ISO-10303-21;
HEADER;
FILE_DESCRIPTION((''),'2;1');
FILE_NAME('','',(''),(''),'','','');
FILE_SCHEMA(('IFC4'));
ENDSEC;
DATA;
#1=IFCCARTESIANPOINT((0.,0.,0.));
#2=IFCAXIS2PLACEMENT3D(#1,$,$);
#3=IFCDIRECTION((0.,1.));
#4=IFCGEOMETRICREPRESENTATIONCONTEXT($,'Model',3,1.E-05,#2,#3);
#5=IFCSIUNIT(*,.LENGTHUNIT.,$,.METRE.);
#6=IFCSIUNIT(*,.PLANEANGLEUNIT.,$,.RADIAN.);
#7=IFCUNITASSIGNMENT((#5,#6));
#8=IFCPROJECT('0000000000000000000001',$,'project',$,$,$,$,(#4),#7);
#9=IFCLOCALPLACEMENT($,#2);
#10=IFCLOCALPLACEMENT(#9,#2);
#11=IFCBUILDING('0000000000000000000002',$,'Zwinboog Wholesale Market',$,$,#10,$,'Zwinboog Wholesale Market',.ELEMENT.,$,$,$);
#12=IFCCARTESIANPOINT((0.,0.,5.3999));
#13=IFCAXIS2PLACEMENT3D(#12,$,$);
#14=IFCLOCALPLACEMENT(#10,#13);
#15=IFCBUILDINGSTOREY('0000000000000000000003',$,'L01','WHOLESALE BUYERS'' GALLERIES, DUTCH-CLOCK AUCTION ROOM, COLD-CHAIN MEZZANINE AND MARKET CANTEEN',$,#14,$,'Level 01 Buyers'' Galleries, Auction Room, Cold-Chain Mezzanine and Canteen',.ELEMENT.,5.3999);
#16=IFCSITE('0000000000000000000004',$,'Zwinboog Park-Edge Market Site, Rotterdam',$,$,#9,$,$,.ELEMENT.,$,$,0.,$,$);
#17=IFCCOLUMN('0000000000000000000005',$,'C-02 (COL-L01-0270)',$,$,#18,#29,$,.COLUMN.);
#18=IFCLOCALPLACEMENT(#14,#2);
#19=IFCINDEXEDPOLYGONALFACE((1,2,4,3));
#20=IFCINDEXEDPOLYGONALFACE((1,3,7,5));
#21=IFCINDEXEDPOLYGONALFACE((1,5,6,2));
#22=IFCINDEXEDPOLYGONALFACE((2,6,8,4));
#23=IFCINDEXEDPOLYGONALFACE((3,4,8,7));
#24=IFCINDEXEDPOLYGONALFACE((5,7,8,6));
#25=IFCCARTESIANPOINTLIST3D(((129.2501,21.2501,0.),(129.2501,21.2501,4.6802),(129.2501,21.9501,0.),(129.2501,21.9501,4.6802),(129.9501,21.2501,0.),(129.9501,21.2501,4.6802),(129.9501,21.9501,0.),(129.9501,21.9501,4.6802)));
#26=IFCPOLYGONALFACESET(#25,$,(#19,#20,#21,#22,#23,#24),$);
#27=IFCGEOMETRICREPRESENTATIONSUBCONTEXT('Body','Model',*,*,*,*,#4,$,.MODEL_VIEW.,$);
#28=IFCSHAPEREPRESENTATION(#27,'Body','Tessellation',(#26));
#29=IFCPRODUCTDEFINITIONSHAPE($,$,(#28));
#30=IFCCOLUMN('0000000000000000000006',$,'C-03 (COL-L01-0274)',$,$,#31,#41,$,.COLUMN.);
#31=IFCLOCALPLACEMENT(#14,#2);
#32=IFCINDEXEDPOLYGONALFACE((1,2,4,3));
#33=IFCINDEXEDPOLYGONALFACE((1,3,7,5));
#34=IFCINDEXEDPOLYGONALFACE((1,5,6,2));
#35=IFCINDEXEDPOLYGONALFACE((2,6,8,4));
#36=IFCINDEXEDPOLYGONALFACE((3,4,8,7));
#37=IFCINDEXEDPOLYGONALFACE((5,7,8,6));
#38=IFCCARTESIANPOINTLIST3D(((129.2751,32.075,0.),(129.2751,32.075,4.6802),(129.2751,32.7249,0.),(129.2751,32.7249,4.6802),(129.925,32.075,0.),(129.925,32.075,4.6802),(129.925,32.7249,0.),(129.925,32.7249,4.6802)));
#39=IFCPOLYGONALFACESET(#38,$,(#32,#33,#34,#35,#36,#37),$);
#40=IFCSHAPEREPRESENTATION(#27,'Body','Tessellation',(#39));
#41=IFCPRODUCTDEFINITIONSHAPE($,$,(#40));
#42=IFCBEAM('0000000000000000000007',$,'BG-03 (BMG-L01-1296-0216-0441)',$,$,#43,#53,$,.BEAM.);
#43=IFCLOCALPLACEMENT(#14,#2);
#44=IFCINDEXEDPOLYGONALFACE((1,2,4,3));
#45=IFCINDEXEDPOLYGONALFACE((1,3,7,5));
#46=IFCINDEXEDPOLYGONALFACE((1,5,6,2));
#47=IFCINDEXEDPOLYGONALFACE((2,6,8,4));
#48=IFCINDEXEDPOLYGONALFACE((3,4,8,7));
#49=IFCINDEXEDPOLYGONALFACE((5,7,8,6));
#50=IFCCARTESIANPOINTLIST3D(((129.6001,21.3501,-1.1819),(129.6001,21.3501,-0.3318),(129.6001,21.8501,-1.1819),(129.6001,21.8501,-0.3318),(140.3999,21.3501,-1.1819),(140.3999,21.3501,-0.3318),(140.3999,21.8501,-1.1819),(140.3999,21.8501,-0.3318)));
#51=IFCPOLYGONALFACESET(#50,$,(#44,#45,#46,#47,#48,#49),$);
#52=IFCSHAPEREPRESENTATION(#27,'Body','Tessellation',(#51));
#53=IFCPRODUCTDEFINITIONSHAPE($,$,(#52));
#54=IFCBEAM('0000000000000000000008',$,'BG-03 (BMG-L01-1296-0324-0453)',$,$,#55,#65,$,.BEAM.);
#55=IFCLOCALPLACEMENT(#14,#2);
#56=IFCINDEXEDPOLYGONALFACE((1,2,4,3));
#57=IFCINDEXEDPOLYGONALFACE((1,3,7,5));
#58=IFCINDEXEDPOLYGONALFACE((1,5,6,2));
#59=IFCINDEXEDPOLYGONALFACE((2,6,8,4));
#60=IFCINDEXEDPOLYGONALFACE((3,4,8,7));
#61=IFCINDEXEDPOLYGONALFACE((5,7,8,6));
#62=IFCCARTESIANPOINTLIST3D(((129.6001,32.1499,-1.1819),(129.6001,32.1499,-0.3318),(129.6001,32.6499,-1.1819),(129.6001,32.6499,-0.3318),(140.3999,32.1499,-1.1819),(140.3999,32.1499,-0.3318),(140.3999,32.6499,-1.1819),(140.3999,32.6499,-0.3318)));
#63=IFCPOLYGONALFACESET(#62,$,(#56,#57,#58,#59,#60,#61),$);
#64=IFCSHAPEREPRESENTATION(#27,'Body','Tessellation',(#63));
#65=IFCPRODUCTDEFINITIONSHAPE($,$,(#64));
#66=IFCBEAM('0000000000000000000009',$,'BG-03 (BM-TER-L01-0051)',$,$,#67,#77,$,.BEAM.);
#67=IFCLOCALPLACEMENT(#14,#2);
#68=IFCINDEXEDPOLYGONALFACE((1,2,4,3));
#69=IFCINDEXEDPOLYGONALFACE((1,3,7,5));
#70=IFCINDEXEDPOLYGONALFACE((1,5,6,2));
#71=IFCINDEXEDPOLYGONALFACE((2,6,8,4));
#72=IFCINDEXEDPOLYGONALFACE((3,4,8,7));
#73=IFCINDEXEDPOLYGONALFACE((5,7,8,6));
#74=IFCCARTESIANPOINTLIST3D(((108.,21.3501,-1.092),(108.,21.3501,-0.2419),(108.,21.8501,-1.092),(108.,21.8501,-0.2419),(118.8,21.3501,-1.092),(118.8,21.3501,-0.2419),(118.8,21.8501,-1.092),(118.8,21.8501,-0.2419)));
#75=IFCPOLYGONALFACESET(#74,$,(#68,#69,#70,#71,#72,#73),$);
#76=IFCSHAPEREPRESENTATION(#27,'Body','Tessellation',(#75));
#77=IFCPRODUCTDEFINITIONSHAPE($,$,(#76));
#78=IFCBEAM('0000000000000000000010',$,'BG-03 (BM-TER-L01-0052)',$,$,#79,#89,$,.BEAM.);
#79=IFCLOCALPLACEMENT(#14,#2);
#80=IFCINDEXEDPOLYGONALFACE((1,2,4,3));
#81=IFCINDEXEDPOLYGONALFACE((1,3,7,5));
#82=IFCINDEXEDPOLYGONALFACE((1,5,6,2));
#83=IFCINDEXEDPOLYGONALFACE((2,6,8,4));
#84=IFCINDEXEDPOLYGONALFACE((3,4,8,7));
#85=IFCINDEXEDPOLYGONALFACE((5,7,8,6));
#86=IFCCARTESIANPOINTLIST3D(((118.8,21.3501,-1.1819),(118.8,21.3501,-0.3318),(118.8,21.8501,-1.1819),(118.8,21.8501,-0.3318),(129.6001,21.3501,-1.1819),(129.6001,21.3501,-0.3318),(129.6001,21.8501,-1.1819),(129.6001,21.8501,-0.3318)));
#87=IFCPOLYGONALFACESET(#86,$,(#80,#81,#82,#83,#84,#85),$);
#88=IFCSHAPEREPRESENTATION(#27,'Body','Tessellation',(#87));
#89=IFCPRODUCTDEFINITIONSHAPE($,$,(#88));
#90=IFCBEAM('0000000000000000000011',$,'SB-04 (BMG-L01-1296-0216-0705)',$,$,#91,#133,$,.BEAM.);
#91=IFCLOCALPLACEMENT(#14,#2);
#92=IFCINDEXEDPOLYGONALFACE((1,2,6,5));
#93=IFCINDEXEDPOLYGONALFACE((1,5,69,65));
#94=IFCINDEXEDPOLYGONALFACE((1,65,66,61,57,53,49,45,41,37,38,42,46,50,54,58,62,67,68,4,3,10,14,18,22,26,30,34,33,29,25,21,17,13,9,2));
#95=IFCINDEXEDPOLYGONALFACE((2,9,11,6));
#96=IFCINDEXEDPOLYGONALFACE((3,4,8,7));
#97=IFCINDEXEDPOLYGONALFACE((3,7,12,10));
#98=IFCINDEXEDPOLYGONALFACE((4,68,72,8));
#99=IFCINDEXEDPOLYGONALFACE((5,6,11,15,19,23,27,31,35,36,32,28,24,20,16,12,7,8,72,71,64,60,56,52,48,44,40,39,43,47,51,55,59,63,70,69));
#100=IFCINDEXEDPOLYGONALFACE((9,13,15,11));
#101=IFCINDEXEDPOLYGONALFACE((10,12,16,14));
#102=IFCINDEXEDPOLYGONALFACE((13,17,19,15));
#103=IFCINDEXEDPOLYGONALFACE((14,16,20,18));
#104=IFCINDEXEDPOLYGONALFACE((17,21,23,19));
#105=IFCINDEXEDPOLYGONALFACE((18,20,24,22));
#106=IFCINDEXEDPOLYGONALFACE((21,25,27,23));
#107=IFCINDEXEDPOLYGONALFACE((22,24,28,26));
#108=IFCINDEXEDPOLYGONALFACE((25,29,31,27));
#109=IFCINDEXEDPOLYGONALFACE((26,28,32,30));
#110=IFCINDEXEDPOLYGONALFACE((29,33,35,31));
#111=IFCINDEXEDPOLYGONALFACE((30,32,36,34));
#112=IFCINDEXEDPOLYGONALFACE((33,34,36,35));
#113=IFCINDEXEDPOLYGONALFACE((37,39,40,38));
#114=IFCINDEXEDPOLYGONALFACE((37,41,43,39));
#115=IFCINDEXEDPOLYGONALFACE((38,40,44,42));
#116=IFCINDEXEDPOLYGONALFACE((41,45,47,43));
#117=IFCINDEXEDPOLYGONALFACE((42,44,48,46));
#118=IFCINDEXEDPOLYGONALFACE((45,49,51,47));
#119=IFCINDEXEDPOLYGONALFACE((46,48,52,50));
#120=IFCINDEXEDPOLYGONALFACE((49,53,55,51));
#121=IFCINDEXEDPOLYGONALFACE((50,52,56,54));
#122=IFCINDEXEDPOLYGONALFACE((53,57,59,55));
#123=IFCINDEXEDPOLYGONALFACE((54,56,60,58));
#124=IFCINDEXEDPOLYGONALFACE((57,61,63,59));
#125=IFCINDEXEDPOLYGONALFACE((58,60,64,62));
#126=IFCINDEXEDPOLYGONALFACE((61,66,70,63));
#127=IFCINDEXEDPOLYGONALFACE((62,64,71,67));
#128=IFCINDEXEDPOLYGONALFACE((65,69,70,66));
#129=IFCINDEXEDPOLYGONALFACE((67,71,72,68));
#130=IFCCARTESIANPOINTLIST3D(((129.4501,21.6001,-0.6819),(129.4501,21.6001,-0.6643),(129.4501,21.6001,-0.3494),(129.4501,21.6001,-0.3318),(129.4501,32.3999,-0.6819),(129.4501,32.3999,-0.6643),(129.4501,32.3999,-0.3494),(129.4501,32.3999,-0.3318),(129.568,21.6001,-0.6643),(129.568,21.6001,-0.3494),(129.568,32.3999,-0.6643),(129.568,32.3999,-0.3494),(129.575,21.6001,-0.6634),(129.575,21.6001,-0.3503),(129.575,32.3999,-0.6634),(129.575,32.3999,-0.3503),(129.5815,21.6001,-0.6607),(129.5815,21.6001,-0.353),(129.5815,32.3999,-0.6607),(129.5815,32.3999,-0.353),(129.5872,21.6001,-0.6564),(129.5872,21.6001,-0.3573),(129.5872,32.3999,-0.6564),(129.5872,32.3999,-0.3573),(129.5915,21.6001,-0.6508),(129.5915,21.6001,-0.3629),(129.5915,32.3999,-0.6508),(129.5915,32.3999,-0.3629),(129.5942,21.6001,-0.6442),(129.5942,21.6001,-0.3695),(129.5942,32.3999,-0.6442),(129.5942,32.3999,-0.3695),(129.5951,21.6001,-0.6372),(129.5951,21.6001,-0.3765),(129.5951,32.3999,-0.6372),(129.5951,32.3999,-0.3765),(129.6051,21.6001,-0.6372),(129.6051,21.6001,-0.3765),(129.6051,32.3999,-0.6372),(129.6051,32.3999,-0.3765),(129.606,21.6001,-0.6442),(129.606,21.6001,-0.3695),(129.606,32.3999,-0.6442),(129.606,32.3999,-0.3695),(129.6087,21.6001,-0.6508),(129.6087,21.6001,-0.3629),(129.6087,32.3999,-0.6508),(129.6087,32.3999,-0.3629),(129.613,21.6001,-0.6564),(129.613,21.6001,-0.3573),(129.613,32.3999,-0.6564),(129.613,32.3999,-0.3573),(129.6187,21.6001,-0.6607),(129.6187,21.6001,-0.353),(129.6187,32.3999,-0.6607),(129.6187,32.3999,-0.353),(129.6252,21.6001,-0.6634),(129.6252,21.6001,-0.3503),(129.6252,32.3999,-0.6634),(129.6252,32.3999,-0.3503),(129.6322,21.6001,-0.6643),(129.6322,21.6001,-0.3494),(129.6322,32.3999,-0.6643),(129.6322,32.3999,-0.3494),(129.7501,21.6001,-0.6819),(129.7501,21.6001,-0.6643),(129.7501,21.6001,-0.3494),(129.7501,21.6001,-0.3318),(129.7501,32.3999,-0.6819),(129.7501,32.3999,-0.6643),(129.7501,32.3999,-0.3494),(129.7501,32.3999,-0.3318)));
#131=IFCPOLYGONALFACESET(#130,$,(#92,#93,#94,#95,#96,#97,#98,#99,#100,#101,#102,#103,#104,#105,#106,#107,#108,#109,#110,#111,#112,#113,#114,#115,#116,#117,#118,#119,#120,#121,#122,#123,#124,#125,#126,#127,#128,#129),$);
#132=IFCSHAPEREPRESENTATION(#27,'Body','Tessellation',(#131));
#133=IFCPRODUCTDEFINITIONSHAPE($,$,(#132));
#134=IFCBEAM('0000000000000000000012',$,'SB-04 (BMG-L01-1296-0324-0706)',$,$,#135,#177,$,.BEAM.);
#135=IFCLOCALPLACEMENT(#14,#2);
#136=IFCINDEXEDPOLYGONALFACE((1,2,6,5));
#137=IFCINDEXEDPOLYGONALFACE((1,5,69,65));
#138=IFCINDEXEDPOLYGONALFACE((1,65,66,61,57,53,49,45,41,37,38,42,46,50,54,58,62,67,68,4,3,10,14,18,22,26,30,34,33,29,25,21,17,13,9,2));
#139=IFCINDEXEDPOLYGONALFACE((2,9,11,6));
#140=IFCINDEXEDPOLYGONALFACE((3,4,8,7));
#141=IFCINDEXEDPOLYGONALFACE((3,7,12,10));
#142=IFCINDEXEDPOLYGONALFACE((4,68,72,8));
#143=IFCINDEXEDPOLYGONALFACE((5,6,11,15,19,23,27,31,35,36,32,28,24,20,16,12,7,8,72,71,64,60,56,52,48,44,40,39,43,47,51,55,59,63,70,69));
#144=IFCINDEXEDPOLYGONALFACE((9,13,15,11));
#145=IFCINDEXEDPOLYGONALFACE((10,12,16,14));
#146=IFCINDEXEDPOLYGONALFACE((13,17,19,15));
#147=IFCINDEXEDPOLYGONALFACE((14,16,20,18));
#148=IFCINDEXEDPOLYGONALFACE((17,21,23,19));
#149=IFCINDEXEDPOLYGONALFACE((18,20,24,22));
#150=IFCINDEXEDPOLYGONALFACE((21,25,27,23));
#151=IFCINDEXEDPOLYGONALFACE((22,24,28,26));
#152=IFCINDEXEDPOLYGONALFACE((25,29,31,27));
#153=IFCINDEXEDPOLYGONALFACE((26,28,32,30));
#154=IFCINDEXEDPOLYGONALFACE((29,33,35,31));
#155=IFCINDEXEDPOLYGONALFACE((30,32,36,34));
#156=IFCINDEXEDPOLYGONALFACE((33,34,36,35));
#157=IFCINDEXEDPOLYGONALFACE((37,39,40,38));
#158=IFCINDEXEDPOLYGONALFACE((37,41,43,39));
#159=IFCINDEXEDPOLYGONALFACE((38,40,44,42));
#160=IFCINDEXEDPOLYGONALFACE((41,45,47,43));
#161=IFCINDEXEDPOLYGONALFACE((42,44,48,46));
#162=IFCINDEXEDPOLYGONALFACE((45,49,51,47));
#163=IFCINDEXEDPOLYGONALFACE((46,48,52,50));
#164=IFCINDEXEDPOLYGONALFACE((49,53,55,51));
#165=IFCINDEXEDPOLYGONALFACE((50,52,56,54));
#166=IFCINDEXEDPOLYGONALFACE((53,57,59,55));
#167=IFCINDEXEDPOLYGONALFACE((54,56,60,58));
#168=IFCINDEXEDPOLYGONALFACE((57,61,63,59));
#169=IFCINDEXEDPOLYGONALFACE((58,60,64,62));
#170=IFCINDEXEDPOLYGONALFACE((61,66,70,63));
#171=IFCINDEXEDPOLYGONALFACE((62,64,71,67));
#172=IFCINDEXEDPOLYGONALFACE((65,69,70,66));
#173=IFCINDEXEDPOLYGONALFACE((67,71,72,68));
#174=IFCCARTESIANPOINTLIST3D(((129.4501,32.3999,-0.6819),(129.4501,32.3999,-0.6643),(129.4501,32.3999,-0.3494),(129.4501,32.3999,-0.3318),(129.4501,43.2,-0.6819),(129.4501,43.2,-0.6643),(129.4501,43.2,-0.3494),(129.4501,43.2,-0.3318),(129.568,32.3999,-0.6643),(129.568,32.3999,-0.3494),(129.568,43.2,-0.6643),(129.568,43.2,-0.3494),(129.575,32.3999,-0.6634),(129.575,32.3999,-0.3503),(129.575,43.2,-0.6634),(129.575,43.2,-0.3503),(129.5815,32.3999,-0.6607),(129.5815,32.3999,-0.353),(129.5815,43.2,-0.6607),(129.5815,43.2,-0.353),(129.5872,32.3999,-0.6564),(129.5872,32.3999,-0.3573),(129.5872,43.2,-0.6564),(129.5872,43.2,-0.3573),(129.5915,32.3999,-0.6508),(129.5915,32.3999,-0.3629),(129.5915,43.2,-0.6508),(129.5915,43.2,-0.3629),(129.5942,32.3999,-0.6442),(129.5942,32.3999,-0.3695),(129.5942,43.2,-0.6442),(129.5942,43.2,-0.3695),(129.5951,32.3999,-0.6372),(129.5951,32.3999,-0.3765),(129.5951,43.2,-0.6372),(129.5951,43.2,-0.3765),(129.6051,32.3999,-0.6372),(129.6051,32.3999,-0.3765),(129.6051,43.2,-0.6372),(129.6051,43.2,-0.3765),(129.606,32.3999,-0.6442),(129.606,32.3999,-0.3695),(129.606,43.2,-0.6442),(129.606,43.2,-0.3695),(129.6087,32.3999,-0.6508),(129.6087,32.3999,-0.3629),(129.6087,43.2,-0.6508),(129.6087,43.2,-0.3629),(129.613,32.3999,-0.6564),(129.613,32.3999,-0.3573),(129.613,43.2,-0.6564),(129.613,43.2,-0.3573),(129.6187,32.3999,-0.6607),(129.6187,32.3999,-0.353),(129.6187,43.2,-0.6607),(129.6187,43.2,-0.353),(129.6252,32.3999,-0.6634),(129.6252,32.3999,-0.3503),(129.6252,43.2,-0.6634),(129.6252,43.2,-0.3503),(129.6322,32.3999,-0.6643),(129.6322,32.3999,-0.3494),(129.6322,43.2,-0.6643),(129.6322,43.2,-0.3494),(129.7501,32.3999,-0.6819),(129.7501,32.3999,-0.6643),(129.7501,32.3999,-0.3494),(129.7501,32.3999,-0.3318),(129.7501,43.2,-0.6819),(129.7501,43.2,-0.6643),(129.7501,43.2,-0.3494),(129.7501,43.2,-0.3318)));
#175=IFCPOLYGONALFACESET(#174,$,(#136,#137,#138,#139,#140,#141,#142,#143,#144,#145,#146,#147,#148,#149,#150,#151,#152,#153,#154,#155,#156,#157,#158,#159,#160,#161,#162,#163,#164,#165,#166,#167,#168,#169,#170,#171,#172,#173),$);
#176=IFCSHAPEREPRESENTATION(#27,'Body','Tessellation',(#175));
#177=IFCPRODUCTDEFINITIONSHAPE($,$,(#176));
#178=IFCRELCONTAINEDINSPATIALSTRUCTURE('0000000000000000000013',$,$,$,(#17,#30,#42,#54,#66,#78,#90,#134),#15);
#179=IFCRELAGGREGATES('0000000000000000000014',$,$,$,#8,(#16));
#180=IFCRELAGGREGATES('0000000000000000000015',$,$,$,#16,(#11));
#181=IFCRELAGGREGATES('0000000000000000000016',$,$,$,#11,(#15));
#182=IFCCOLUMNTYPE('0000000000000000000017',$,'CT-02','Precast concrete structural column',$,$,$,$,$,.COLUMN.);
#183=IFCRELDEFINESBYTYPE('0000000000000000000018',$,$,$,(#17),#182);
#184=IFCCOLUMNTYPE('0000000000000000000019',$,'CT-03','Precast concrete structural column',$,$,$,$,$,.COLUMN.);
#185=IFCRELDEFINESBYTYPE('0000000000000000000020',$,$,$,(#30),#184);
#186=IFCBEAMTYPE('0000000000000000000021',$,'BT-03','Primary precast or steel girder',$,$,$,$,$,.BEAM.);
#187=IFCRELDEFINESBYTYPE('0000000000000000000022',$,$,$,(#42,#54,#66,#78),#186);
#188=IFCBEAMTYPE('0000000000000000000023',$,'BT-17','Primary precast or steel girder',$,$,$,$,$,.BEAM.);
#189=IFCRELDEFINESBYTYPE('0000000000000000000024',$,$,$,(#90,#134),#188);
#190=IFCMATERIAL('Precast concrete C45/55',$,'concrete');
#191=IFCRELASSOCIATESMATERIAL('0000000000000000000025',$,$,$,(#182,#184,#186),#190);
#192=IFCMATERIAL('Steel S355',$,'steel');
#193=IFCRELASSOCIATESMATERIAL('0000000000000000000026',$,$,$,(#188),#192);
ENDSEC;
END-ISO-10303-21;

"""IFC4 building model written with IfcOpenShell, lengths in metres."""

from ifc_helpers import new_model, si_unit, direction, frame, origin, origin_2d, place, context, subcontext, project, spatial, rectangle, i_section, extrude, material, material_profile, profile_set, type_object, element, save


model = new_model("IFC4")

# Units and contexts
model_context = context("Model", 3, precision=1e-05, world=origin(), true_north=direction((0.0, 1.0)))
body_context = subcontext(model_context, "Body", "Model", "MODEL_VIEW")
ifc_project = project(units=[si_unit("LENGTHUNIT", "METRE"), si_unit("PLANEANGLEUNIT", "RADIAN")], contexts=[model_context])

# Site, building, storey
site_placement = place(None, origin())
site = spatial("IfcSite", under=ifc_project, at=site_placement, Name="Zwinboog Park-Edge Market Site, Rotterdam", CompositionType="ELEMENT", RefElevation=0.0)
building_placement = place(site_placement, origin())
building = spatial("IfcBuilding", under=site, at=building_placement, Name="Zwinboog Wholesale Market", LongName="Zwinboog Wholesale Market", CompositionType="ELEMENT")
storey_placement = place(building_placement, frame((0.0, 0.0, 5.3999)))
storey = spatial("IfcBuildingStorey", under=building, at=storey_placement, Name="L01", Description="WHOLESALE BUYERS' GALLERIES, DUTCH-CLOCK AUCTION ROOM, COLD-CHAIN MEZZANINE AND MARKET CANTEEN", LongName="Level 01 Buyers' Galleries, Auction Room, Cold-Chain Mezzanine and Canteen", CompositionType="ELEMENT", Elevation=5.3999)

# Columns
ifc_material_1 = material(Name="Precast concrete C45/55", Category="concrete")
ifc_material_profile_1 = material_profile(ifc_material_1, rectangle(XDim=0.7, YDim=0.7, at=origin_2d()), Name="PC 700x700")
ifc_profile_set_1 = profile_set([ifc_material_profile_1], Name="Precast concrete C45/55")
column_type_1 = type_object("IfcColumnType", Name="CT-02", Description="Precast concrete structural column", PredefinedType="COLUMN", material=ifc_profile_set_1)
column_1_placement = place(storey_placement, frame((129.6001, 21.6001, 0.0), z_axis=(0.0, 0.0, 1.0), x_axis=(1.0, 0.0, 0.0)))
element("IfcColumn", 1, at=column_1_placement, inside=storey, type_object=column_type_1, Name="C-02 (COL-L01-0270)", PredefinedType="COLUMN", context=body_context, shape_type="SweptSolid", body=[
    extrude(rectangle(XDim=0.7, YDim=0.7, at=origin_2d()), origin(), (0.0, 0.0, 1.0), 4.6802),
])
ifc_material_profile_2 = material_profile(ifc_material_1, rectangle(XDim=0.6499, YDim=0.6499, at=origin_2d()), Name="PC 650x650")
ifc_profile_set_2 = profile_set([ifc_material_profile_2], Name="Precast concrete C45/55")
column_type_2 = type_object("IfcColumnType", Name="CT-03", Description="Precast concrete structural column", PredefinedType="COLUMN", material=ifc_profile_set_2)
column_2_placement = place(storey_placement, frame((129.6001, 32.3999, 0.0), z_axis=(0.0, 0.0, 1.0), x_axis=(1.0, 0.0, 0.0)))
element("IfcColumn", 2, at=column_2_placement, inside=storey, type_object=column_type_2, Name="C-03 (COL-L01-0274)", PredefinedType="COLUMN", context=body_context, shape_type="SweptSolid", body=[
    extrude(rectangle(XDim=0.6499, YDim=0.6499, at=origin_2d()), origin(), (0.0, 0.0, 1.0), 4.6802),
])

# Beams
ifc_material_profile_3 = material_profile(ifc_material_1, rectangle(XDim=0.5, YDim=0.8501, at=origin_2d()), Name="PC 500x850")
ifc_profile_set_3 = profile_set([ifc_material_profile_3], Name="Precast concrete C45/55")
beam_type_1 = type_object("IfcBeamType", Name="BT-03", Description="Primary precast or steel girder", PredefinedType="BEAM", material=ifc_profile_set_3)
for number, where, z_axis, x_axis, name in (
    (3, (129.6001, 21.6001, -0.7568), (1.0, 0.0, 0.0), (0.0, 1.0, 0.0), "BG-03 (BMG-L01-1296-0216-0441)"),
    (4, (129.6001, 32.3999, -0.7568), (1.0, 0.0, 0.0), (0.0, 1.0, 0.0), "BG-03 (BMG-L01-1296-0324-0453)"),
):
    element("IfcBeam", number, at=place(storey_placement, frame(where, z_axis=z_axis, x_axis=x_axis)), inside=storey, type_object=beam_type_1, Name=name, PredefinedType="BEAM", context=body_context, shape_type="SweptSolid", body=[
        extrude(rectangle(XDim=0.5, YDim=0.8501, at=origin_2d()), origin(), (0.0, 0.0, 1.0), 10.7998),
    ])
for number, where, z_axis, x_axis, name in (
    (5, (108.0, 21.6001, -0.667), (1.0, 0.0, 0.0), (0.0, 1.0, 0.0), "BG-03 (BM-TER-L01-0051)"),
    (6, (118.8, 21.6001, -0.7568), (1.0, 0.0, 0.0), (0.0, 1.0, 0.0), "BG-03 (BM-TER-L01-0052)"),
):
    element("IfcBeam", number, at=place(storey_placement, frame(where, z_axis=z_axis, x_axis=x_axis)), inside=storey, type_object=beam_type_1, Name=name, PredefinedType="BEAM", context=body_context, shape_type="SweptSolid", body=[
        extrude(rectangle(XDim=0.5, YDim=0.8501, at=origin_2d()), origin(), (0.0, 0.0, 1.0), 10.8),
    ])
ifc_material_2 = material(Name="Steel S355", Category="steel")
ifc_material_profile_4 = material_profile(ifc_material_2, i_section(OverallWidth=0.3, OverallDepth=0.3501, WebThickness=0.01, FlangeThickness=0.0176, FilletRadius=0.0271, at=origin_2d()), Name="HEA 360")
ifc_profile_set_4 = profile_set([ifc_material_profile_4], Name="Steel S355")
beam_type_2 = type_object("IfcBeamType", Name="BT-17", Description="Primary precast or steel girder", PredefinedType="BEAM", material=ifc_profile_set_4)
beam_1_placement = place(storey_placement, frame((129.6001, 21.6001, -0.5068), z_axis=(0.0, 1.0, 0.0), x_axis=(-1.0, 0.0, 0.0)))
element("IfcBeam", 7, at=beam_1_placement, inside=storey, type_object=beam_type_2, Name="SB-04 (BMG-L01-1296-0216-0705)", PredefinedType="BEAM", context=body_context, shape_type="SweptSolid", body=[
    extrude(i_section(OverallWidth=0.3, OverallDepth=0.3501, WebThickness=0.01, FlangeThickness=0.0176, FilletRadius=0.0271, at=origin_2d()), origin(), (0.0, 0.0, 1.0), 10.7998),
])
beam_2_placement = place(storey_placement, frame((129.6001, 32.3999, -0.5068), z_axis=(0.0, 1.0, 0.0), x_axis=(-1.0, 0.0, 0.0)))
element("IfcBeam", 8, at=beam_2_placement, inside=storey, type_object=beam_type_2, Name="SB-04 (BMG-L01-1296-0324-0706)", PredefinedType="BEAM", context=body_context, shape_type="SweptSolid", body=[
    extrude(i_section(OverallWidth=0.3, OverallDepth=0.3501, WebThickness=0.01, FlangeThickness=0.0176, FilletRadius=0.0271, at=origin_2d()), origin(), (0.0, 0.0, 1.0), 10.8),
])

save(model, "model.ifc")
